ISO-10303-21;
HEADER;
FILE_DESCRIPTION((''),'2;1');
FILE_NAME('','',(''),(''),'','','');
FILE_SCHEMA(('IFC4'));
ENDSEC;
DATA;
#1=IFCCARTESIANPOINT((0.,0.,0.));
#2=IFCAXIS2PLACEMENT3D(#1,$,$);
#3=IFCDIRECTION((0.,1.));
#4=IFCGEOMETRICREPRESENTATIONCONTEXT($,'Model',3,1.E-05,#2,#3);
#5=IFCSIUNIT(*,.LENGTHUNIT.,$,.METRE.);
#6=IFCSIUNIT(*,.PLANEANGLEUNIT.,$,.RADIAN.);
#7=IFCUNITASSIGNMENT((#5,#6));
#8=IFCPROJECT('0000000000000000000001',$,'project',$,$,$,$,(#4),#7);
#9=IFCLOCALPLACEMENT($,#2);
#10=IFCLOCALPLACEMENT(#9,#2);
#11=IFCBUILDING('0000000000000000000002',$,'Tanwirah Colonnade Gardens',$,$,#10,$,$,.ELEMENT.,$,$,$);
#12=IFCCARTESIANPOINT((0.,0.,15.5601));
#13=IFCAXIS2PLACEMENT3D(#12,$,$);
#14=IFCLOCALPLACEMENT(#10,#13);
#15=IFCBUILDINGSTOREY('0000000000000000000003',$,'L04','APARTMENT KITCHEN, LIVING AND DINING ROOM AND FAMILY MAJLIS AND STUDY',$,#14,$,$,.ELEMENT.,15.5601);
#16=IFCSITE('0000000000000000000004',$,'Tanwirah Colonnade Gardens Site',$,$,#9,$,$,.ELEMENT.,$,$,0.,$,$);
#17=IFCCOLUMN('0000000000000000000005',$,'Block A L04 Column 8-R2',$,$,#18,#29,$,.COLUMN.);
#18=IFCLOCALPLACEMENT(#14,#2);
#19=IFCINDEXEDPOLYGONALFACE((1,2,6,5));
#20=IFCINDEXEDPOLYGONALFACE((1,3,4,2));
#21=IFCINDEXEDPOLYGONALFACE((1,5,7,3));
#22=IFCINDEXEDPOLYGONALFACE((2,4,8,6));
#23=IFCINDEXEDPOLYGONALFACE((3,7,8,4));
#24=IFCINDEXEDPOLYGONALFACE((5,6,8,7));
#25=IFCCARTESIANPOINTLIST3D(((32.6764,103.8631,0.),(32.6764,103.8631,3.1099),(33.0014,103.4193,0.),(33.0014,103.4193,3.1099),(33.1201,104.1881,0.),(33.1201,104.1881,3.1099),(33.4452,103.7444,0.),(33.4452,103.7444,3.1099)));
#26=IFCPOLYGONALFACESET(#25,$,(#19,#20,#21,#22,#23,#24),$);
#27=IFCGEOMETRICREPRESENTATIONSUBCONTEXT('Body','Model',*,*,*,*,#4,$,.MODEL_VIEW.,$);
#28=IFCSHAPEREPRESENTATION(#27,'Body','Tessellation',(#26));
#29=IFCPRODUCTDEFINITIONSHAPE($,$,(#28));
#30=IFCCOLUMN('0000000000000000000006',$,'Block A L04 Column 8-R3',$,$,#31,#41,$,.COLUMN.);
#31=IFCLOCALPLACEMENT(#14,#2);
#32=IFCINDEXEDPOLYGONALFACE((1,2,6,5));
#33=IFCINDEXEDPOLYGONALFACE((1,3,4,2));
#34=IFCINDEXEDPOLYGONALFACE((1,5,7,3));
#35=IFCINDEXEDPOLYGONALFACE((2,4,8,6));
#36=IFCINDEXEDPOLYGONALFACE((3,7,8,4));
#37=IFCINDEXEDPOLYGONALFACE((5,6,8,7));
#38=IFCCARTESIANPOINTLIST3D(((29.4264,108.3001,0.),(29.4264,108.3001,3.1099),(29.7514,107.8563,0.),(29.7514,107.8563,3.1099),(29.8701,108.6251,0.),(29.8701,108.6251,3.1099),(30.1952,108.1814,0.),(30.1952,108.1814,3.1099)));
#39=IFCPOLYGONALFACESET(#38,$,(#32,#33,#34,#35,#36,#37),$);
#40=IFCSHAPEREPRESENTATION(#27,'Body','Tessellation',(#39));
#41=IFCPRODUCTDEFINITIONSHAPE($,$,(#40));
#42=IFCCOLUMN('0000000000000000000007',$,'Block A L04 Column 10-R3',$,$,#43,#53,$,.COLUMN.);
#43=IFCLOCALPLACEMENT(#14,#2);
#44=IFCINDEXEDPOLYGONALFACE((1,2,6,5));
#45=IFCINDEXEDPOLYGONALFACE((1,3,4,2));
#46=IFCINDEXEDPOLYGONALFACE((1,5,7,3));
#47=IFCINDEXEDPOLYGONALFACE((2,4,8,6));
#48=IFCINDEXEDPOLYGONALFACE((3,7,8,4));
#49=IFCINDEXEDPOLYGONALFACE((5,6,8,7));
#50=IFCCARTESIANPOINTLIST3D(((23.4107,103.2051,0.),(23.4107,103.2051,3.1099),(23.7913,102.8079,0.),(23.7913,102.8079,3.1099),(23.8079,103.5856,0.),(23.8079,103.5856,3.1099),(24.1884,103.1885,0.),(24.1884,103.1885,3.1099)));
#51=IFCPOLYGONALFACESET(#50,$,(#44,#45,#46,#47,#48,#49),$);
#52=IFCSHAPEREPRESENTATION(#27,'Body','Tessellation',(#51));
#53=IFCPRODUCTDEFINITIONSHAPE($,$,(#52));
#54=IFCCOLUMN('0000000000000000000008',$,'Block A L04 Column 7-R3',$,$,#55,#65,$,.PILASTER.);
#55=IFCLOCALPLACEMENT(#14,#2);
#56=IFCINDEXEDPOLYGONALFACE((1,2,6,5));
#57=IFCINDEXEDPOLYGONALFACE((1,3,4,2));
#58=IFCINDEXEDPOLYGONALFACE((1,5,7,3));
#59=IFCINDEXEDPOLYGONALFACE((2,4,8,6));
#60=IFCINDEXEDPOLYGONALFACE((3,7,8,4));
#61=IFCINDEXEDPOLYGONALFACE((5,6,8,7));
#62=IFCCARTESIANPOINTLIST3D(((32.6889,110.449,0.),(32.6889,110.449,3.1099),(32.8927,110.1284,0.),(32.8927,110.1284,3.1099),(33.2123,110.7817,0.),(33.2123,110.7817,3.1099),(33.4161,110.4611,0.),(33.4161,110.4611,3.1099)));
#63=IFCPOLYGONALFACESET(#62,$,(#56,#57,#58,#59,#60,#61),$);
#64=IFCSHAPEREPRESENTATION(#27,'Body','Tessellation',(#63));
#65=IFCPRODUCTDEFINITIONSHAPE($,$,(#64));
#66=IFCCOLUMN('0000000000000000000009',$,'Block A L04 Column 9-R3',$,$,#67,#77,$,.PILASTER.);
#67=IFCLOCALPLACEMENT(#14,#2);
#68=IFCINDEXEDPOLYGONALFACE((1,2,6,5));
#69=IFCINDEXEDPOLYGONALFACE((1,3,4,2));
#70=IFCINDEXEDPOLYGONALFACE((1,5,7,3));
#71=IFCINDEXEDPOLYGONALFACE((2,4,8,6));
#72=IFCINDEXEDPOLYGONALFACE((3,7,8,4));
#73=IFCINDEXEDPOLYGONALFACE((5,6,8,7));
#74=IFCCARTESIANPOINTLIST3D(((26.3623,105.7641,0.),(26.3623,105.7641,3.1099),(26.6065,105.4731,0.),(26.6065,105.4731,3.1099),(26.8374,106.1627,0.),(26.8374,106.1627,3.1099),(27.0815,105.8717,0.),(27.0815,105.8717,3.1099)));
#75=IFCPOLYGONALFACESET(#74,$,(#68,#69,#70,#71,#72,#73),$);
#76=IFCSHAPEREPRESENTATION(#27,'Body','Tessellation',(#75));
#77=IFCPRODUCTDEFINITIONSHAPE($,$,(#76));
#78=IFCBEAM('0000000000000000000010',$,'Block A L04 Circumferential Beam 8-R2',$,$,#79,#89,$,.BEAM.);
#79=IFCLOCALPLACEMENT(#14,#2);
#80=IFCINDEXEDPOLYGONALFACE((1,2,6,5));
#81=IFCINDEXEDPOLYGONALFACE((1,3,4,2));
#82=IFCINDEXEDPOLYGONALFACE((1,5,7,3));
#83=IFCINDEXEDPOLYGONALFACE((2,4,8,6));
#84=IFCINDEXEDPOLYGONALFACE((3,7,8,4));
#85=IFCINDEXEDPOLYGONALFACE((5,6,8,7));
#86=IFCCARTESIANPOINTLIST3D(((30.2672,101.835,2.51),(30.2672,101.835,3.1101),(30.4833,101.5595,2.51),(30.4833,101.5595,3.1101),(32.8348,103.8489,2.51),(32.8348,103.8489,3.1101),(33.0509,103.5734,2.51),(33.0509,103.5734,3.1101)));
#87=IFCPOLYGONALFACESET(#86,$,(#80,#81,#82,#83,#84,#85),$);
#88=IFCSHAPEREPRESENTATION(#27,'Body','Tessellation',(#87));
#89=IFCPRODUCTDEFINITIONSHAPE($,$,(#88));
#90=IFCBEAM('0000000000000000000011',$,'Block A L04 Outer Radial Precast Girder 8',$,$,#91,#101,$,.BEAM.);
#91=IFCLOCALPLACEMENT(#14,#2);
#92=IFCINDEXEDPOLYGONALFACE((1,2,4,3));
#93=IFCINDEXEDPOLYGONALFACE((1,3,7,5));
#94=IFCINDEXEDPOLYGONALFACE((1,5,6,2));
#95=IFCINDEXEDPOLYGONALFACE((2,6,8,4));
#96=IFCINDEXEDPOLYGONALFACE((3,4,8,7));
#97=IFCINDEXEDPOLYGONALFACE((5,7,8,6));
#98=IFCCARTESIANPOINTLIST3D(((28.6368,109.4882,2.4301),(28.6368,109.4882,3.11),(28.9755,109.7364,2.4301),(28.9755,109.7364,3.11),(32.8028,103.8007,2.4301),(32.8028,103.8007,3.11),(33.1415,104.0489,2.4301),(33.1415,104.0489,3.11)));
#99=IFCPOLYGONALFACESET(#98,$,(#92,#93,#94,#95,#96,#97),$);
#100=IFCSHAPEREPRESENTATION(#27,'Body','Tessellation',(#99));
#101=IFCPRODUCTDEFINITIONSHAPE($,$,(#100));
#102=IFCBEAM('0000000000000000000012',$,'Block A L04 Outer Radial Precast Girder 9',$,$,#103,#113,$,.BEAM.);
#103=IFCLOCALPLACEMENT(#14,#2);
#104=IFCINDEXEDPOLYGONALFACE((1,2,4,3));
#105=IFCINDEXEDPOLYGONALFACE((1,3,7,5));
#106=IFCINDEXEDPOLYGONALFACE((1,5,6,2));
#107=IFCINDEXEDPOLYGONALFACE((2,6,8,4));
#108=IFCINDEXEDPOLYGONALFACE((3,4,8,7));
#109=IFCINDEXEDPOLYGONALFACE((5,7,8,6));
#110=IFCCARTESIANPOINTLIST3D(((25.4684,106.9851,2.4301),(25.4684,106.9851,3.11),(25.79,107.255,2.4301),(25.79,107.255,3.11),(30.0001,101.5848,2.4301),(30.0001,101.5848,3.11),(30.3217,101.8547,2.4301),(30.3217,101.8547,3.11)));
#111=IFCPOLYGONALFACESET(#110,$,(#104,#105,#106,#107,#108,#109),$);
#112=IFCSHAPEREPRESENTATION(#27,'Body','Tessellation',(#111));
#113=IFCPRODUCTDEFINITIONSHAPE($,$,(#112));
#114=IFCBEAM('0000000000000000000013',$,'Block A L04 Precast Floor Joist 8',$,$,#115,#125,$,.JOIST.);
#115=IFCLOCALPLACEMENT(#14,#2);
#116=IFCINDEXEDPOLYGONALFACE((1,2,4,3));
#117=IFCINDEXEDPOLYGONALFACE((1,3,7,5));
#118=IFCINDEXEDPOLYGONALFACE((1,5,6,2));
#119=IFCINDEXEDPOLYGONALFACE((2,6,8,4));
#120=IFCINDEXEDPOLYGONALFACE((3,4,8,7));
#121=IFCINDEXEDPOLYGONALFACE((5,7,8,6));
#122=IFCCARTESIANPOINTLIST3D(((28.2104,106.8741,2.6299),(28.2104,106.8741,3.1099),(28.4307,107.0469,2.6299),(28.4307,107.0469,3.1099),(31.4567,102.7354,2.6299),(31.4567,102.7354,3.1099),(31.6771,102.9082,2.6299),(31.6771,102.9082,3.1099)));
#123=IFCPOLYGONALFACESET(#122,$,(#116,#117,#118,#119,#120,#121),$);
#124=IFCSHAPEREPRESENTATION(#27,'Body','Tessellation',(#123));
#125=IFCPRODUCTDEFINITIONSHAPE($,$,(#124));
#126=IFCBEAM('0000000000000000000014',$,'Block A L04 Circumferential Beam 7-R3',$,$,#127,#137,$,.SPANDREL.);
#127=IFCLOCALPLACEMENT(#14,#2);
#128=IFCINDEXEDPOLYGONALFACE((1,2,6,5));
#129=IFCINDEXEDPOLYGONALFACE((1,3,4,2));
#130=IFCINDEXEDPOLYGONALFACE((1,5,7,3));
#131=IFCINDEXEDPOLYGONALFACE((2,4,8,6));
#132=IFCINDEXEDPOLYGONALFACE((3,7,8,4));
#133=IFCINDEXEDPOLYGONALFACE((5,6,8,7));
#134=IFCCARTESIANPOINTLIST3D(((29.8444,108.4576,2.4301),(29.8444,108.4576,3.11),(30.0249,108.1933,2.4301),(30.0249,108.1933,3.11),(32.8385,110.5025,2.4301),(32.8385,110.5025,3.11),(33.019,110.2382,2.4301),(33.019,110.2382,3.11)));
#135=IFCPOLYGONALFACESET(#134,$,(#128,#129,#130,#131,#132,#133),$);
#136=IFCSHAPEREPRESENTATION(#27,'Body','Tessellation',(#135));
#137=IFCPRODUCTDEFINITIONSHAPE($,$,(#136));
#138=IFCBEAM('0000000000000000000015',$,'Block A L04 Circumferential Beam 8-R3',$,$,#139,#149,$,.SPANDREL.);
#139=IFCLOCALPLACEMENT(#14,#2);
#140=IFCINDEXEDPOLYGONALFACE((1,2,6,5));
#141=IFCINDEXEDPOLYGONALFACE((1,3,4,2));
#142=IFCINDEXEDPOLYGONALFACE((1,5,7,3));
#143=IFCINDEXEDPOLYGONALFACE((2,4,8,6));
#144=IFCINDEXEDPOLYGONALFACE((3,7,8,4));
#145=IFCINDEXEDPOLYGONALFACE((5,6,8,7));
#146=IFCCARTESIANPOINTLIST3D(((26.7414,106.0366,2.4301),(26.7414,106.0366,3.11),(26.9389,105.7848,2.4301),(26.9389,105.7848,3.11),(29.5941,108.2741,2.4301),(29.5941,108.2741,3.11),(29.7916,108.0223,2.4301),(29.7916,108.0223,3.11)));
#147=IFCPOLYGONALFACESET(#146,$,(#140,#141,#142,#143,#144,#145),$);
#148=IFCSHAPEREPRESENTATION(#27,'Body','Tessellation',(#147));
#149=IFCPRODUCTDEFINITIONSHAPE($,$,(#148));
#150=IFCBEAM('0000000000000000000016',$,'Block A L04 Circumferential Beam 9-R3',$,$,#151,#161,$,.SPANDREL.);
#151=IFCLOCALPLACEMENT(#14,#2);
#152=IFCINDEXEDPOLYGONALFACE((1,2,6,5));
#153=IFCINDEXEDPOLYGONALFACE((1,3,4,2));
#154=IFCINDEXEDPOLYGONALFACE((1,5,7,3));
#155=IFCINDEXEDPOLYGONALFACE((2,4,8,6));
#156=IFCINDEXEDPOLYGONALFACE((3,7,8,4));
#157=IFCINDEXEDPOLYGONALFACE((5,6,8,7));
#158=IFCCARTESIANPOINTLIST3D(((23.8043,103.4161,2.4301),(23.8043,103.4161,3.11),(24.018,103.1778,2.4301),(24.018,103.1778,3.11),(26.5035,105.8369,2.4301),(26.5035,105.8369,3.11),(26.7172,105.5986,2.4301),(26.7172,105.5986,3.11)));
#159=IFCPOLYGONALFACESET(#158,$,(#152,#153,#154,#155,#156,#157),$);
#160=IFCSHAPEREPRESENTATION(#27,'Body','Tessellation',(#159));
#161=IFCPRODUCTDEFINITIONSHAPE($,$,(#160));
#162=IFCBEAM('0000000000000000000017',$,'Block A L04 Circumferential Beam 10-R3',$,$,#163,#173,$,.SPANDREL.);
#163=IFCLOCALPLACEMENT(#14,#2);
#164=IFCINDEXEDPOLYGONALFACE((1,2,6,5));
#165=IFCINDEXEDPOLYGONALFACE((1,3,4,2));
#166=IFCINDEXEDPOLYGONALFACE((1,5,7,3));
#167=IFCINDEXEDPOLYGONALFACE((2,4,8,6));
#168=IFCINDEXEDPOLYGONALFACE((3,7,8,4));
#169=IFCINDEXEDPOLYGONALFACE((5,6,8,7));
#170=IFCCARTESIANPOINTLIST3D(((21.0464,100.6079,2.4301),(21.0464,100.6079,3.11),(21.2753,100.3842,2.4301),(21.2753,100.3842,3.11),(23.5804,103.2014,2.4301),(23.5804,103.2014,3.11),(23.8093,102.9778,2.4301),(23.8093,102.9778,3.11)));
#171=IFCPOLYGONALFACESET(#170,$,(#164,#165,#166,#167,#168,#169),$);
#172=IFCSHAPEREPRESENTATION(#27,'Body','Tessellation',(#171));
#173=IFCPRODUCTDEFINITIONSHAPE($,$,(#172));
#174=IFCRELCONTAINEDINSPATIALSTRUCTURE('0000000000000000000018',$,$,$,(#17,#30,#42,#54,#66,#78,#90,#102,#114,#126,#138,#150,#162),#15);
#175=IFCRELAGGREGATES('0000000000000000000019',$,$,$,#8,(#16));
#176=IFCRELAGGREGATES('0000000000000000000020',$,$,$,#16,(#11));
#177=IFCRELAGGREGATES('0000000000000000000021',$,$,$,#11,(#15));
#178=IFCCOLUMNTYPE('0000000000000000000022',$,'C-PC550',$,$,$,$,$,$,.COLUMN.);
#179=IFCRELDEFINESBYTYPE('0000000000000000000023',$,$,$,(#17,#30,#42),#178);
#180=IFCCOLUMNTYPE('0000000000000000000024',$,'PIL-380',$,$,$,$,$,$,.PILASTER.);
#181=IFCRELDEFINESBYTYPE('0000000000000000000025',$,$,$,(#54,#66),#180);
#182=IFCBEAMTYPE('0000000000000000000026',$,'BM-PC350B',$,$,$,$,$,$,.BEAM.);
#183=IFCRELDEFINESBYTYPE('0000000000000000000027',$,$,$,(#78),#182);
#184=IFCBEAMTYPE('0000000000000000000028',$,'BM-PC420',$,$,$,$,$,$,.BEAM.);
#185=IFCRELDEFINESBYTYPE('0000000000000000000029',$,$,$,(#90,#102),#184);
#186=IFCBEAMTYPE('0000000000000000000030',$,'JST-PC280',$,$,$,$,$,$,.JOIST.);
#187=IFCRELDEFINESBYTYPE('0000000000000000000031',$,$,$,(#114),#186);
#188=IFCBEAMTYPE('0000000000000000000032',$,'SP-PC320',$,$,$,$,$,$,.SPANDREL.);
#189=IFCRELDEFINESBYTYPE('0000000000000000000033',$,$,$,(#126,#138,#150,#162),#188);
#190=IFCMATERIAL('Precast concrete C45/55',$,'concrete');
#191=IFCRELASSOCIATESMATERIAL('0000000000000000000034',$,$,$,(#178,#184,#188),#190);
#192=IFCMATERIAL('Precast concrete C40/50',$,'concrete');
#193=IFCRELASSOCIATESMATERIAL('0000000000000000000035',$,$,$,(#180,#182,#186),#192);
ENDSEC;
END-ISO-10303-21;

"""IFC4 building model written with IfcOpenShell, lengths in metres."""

from ifc_helpers import new_model, si_unit, direction, frame, origin, origin_2d, place, context, subcontext, project, spatial, rectangle, extrude, material, material_profile, profile_set, type_object, element, save


model = new_model("IFC4")

# Units and contexts
model_context = context("Model", 3, precision=1e-05, world=origin(), true_north=direction((0.0, 1.0)))
body_context = subcontext(model_context, "Body", "Model", "MODEL_VIEW")
ifc_project = project(units=[si_unit("LENGTHUNIT", "METRE"), si_unit("PLANEANGLEUNIT", "RADIAN")], contexts=[model_context])

# Site, building, storey
site_placement = place(None, origin())
site = spatial("IfcSite", under=ifc_project, at=site_placement, Name="Tanwirah Colonnade Gardens Site", CompositionType="ELEMENT", RefElevation=0.0)
building_placement = place(site_placement, origin())
building = spatial("IfcBuilding", under=site, at=building_placement, Name="Tanwirah Colonnade Gardens", CompositionType="ELEMENT")
storey_placement = place(building_placement, frame((0.0, 0.0, 15.5601)))
storey = spatial("IfcBuildingStorey", under=building, at=storey_placement, Name="L04", Description="APARTMENT KITCHEN, LIVING AND DINING ROOM AND FAMILY MAJLIS AND STUDY", CompositionType="ELEMENT", Elevation=15.5601)

# Columns
ifc_material_1 = material(Name="Precast concrete C45/55", Category="concrete")
ifc_material_profile_1 = material_profile(ifc_material_1, rectangle(XDim=0.55, YDim=0.55, at=origin_2d()), Name="PC-COL 550x550")
ifc_profile_set_1 = profile_set([ifc_material_profile_1], Name="Precast concrete C45/55")
column_type_1 = type_object("IfcColumnType", Name="C-PC550", PredefinedType="COLUMN", material=ifc_profile_set_1)
for number, where, z_axis, x_axis, name in (
    (1, (33.0608, 103.8037, 0.0), (0.0, 0.0, 1.0), (-0.590919, 0.806731, 0.0), "Block A L04 Column 8-R2"),
    (2, (29.8108, 108.2407, 0.0), (0.0, 0.0, 1.0), (-0.590919, 0.806731, 0.0), "Block A L04 Column 8-R3"),
    (3, (23.7996, 103.1968, 0.0), (0.0, 0.0, 1.0), (-0.691863, 0.722029, 0.0), "Block A L04 Column 10-R3"),
):
    element("IfcColumn", number, at=place(storey_placement, frame(where, z_axis=z_axis, x_axis=x_axis)), inside=storey, type_object=column_type_1, Name=name, PredefinedType="COLUMN", context=body_context, shape_type="SweptSolid", body=[
        extrude(rectangle(XDim=0.55, YDim=0.55, at=origin_2d()), origin(), (0.0, 0.0, 1.0), 3.1099),
    ])
ifc_material_2 = material(Name="Precast concrete C40/50", Category="concrete")
ifc_material_profile_2 = material_profile(ifc_material_2, rectangle(XDim=0.3799, YDim=0.6201, at=origin_2d()), Name="PC-PIL 380x620")
ifc_profile_set_2 = profile_set([ifc_material_profile_2], Name="Precast concrete C40/50")
column_type_2 = type_object("IfcColumnType", Name="PIL-380", PredefinedType="PILASTER", material=ifc_profile_set_2)
for number, where, z_axis, x_axis, name in (
    (4, (33.0525, 110.4551, 0.0), (0.0, 0.0, 1.0), (-0.536482, 0.843912, 0.0), "Block A L04 Column 7-R3"),
    (5, (26.7219, 105.8179, 0.0), (0.0, 0.0, 1.0), (-0.642788, 0.766044, 0.0), "Block A L04 Column 9-R3"),
):
    element("IfcColumn", number, at=place(storey_placement, frame(where, z_axis=z_axis, x_axis=x_axis)), inside=storey, type_object=column_type_2, Name=name, PredefinedType="PILASTER", context=body_context, shape_type="SweptSolid", body=[
        extrude(rectangle(XDim=0.3799, YDim=0.6201, at=origin_2d()), origin(), (0.0, 0.0, 1.0), 3.1099),
    ])

# Beams
ifc_material_profile_3 = material_profile(ifc_material_2, rectangle(XDim=0.3501, YDim=0.6001, at=origin_2d()), Name="PC-BM 350x600")
ifc_profile_set_3 = profile_set([ifc_material_profile_3], Name="Precast concrete C40/50")
beam_type_1 = type_object("IfcBeamType", Name="BM-PC350B", PredefinedType="BEAM", material=ifc_profile_set_3)
beam_1_placement = place(storey_placement, frame((32.9429, 103.7112, 2.8101), z_axis=(-0.78684, -0.617157, 0.0), x_axis=(0.617157, -0.78684, 0.0)))
element("IfcBeam", 6, at=beam_1_placement, inside=storey, type_object=beam_type_1, Name="Block A L04 Circumferential Beam 8-R2", PredefinedType="BEAM", context=body_context, shape_type="SweptSolid", body=[
    extrude(rectangle(XDim=0.3501, YDim=0.6001, at=origin_2d()), origin(), (0.0, 0.0, 1.0), 3.2632),
])
ifc_material_profile_4 = material_profile(ifc_material_1, rectangle(XDim=0.4199, YDim=0.6799, at=origin_2d()), Name="PC-BM 420x680")
ifc_profile_set_4 = profile_set([ifc_material_profile_4], Name="Precast concrete C45/55")
beam_type_2 = type_object("IfcBeamType", Name="BM-PC420", PredefinedType="BEAM", material=ifc_profile_set_4)
beam_2_placement = place(storey_placement, frame((32.9722, 103.9248, 2.77), z_axis=(-0.590919, 0.806731, 0.0), x_axis=(-0.806731, -0.590919, 0.0)))
element("IfcBeam", 7, at=beam_2_placement, inside=storey, type_object=beam_type_2, Name="Block A L04 Outer Radial Precast Girder 8", PredefinedType="BEAM", context=body_context, shape_type="SweptSolid", body=[
    extrude(rectangle(XDim=0.4199, YDim=0.6799, at=origin_2d()), origin(), (0.0, 0.0, 1.0), 7.05),
])
beam_3_placement = place(storey_placement, frame((30.1609, 101.7197, 2.77), z_axis=(-0.64281, 0.766025, 0.0), x_axis=(-0.766025, -0.64281, 0.0)))
element("IfcBeam", 8, at=beam_3_placement, inside=storey, type_object=beam_type_2, Name="Block A L04 Outer Radial Precast Girder 9", PredefinedType="BEAM", context=body_context, shape_type="SweptSolid", body=[
    extrude(rectangle(XDim=0.4199, YDim=0.6799, at=origin_2d()), origin(), (0.0, 0.0, 1.0), 7.0498),
])
ifc_material_profile_5 = material_profile(ifc_material_2, rectangle(XDim=0.28, YDim=0.48, at=origin_2d()), Name="PC-JST 280x480")
ifc_profile_set_5 = profile_set([ifc_material_profile_5], Name="Precast concrete C40/50")
beam_type_3 = type_object("IfcBeamType", Name="JST-PC280", PredefinedType="JOIST", material=ifc_profile_set_5)
beam_4_placement = place(storey_placement, frame((31.5669, 102.8218, 2.8699), z_axis=(-0.617178, 0.786824, 0.0), x_axis=(-0.786824, -0.617178, 0.0)))
element("IfcBeam", 9, at=beam_4_placement, inside=storey, type_object=beam_type_3, Name="Block A L04 Precast Floor Joist 8", PredefinedType="JOIST", context=body_context, shape_type="SweptSolid", body=[
    extrude(rectangle(XDim=0.28, YDim=0.48, at=origin_2d()), origin(), (0.0, 0.0, 1.0), 5.26),
])
ifc_material_profile_6 = material_profile(ifc_material_1, rectangle(XDim=0.3201, YDim=0.6799, at=origin_2d()), Name="PC-SP 320x680")
ifc_profile_set_6 = profile_set([ifc_material_profile_6], Name="Precast concrete C45/55")
beam_type_4 = type_object("IfcBeamType", Name="SP-PC320", PredefinedType="SPANDREL", material=ifc_profile_set_6)
beam_5_placement = place(storey_placement, frame((32.9287, 110.3704, 2.77), z_axis=(-0.825783, -0.563989, 0.0), x_axis=(0.563989, -0.825783, 0.0)))
element("IfcBeam", 10, at=beam_5_placement, inside=storey, type_object=beam_type_4, Name="Block A L04 Circumferential Beam 7-R3", PredefinedType="SPANDREL", context=body_context, shape_type="SweptSolid", body=[
    extrude(rectangle(XDim=0.3201, YDim=0.6799, at=origin_2d()), origin(), (0.0, 0.0, 1.0), 3.6257),
])
beam_6_placement = place(storey_placement, frame((29.6929, 108.1482, 2.77), z_axis=(-0.786844, -0.617152, 0.0), x_axis=(0.617152, -0.786844, 0.0)))
element("IfcBeam", 11, at=beam_6_placement, inside=storey, type_object=beam_type_4, Name="Block A L04 Circumferential Beam 8-R3", PredefinedType="SPANDREL", context=body_context, shape_type="SweptSolid", body=[
    extrude(rectangle(XDim=0.3201, YDim=0.6799, at=origin_2d()), origin(), (0.0, 0.0, 1.0), 3.6255),
])
beam_7_placement = place(storey_placement, frame((26.6104, 105.7178, 2.77), z_axis=(-0.744445, -0.667684, 0.0), x_axis=(0.667684, -0.744445, 0.0)))
element("IfcBeam", 12, at=beam_7_placement, inside=storey, type_object=beam_type_4, Name="Block A L04 Circumferential Beam 9-R3", PredefinedType="SPANDREL", context=body_context, shape_type="SweptSolid", body=[
    extrude(rectangle(XDim=0.3201, YDim=0.6799, at=origin_2d()), origin(), (0.0, 0.0, 1.0), 3.6257),
])
beam_8_placement = place(storey_placement, frame((23.6948, 103.0896, 2.77), z_axis=(-0.698844, -0.715274, 0.0), x_axis=(0.715274, -0.698844, 0.0)))
element("IfcBeam", 13, at=beam_8_placement, inside=storey, type_object=beam_type_4, Name="Block A L04 Circumferential Beam 10-R3", PredefinedType="SPANDREL", context=body_context, shape_type="SweptSolid", body=[
    extrude(rectangle(XDim=0.3201, YDim=0.6799, at=origin_2d()), origin(), (0.0, 0.0, 1.0), 3.626),
])

save(model, "model.ifc")
